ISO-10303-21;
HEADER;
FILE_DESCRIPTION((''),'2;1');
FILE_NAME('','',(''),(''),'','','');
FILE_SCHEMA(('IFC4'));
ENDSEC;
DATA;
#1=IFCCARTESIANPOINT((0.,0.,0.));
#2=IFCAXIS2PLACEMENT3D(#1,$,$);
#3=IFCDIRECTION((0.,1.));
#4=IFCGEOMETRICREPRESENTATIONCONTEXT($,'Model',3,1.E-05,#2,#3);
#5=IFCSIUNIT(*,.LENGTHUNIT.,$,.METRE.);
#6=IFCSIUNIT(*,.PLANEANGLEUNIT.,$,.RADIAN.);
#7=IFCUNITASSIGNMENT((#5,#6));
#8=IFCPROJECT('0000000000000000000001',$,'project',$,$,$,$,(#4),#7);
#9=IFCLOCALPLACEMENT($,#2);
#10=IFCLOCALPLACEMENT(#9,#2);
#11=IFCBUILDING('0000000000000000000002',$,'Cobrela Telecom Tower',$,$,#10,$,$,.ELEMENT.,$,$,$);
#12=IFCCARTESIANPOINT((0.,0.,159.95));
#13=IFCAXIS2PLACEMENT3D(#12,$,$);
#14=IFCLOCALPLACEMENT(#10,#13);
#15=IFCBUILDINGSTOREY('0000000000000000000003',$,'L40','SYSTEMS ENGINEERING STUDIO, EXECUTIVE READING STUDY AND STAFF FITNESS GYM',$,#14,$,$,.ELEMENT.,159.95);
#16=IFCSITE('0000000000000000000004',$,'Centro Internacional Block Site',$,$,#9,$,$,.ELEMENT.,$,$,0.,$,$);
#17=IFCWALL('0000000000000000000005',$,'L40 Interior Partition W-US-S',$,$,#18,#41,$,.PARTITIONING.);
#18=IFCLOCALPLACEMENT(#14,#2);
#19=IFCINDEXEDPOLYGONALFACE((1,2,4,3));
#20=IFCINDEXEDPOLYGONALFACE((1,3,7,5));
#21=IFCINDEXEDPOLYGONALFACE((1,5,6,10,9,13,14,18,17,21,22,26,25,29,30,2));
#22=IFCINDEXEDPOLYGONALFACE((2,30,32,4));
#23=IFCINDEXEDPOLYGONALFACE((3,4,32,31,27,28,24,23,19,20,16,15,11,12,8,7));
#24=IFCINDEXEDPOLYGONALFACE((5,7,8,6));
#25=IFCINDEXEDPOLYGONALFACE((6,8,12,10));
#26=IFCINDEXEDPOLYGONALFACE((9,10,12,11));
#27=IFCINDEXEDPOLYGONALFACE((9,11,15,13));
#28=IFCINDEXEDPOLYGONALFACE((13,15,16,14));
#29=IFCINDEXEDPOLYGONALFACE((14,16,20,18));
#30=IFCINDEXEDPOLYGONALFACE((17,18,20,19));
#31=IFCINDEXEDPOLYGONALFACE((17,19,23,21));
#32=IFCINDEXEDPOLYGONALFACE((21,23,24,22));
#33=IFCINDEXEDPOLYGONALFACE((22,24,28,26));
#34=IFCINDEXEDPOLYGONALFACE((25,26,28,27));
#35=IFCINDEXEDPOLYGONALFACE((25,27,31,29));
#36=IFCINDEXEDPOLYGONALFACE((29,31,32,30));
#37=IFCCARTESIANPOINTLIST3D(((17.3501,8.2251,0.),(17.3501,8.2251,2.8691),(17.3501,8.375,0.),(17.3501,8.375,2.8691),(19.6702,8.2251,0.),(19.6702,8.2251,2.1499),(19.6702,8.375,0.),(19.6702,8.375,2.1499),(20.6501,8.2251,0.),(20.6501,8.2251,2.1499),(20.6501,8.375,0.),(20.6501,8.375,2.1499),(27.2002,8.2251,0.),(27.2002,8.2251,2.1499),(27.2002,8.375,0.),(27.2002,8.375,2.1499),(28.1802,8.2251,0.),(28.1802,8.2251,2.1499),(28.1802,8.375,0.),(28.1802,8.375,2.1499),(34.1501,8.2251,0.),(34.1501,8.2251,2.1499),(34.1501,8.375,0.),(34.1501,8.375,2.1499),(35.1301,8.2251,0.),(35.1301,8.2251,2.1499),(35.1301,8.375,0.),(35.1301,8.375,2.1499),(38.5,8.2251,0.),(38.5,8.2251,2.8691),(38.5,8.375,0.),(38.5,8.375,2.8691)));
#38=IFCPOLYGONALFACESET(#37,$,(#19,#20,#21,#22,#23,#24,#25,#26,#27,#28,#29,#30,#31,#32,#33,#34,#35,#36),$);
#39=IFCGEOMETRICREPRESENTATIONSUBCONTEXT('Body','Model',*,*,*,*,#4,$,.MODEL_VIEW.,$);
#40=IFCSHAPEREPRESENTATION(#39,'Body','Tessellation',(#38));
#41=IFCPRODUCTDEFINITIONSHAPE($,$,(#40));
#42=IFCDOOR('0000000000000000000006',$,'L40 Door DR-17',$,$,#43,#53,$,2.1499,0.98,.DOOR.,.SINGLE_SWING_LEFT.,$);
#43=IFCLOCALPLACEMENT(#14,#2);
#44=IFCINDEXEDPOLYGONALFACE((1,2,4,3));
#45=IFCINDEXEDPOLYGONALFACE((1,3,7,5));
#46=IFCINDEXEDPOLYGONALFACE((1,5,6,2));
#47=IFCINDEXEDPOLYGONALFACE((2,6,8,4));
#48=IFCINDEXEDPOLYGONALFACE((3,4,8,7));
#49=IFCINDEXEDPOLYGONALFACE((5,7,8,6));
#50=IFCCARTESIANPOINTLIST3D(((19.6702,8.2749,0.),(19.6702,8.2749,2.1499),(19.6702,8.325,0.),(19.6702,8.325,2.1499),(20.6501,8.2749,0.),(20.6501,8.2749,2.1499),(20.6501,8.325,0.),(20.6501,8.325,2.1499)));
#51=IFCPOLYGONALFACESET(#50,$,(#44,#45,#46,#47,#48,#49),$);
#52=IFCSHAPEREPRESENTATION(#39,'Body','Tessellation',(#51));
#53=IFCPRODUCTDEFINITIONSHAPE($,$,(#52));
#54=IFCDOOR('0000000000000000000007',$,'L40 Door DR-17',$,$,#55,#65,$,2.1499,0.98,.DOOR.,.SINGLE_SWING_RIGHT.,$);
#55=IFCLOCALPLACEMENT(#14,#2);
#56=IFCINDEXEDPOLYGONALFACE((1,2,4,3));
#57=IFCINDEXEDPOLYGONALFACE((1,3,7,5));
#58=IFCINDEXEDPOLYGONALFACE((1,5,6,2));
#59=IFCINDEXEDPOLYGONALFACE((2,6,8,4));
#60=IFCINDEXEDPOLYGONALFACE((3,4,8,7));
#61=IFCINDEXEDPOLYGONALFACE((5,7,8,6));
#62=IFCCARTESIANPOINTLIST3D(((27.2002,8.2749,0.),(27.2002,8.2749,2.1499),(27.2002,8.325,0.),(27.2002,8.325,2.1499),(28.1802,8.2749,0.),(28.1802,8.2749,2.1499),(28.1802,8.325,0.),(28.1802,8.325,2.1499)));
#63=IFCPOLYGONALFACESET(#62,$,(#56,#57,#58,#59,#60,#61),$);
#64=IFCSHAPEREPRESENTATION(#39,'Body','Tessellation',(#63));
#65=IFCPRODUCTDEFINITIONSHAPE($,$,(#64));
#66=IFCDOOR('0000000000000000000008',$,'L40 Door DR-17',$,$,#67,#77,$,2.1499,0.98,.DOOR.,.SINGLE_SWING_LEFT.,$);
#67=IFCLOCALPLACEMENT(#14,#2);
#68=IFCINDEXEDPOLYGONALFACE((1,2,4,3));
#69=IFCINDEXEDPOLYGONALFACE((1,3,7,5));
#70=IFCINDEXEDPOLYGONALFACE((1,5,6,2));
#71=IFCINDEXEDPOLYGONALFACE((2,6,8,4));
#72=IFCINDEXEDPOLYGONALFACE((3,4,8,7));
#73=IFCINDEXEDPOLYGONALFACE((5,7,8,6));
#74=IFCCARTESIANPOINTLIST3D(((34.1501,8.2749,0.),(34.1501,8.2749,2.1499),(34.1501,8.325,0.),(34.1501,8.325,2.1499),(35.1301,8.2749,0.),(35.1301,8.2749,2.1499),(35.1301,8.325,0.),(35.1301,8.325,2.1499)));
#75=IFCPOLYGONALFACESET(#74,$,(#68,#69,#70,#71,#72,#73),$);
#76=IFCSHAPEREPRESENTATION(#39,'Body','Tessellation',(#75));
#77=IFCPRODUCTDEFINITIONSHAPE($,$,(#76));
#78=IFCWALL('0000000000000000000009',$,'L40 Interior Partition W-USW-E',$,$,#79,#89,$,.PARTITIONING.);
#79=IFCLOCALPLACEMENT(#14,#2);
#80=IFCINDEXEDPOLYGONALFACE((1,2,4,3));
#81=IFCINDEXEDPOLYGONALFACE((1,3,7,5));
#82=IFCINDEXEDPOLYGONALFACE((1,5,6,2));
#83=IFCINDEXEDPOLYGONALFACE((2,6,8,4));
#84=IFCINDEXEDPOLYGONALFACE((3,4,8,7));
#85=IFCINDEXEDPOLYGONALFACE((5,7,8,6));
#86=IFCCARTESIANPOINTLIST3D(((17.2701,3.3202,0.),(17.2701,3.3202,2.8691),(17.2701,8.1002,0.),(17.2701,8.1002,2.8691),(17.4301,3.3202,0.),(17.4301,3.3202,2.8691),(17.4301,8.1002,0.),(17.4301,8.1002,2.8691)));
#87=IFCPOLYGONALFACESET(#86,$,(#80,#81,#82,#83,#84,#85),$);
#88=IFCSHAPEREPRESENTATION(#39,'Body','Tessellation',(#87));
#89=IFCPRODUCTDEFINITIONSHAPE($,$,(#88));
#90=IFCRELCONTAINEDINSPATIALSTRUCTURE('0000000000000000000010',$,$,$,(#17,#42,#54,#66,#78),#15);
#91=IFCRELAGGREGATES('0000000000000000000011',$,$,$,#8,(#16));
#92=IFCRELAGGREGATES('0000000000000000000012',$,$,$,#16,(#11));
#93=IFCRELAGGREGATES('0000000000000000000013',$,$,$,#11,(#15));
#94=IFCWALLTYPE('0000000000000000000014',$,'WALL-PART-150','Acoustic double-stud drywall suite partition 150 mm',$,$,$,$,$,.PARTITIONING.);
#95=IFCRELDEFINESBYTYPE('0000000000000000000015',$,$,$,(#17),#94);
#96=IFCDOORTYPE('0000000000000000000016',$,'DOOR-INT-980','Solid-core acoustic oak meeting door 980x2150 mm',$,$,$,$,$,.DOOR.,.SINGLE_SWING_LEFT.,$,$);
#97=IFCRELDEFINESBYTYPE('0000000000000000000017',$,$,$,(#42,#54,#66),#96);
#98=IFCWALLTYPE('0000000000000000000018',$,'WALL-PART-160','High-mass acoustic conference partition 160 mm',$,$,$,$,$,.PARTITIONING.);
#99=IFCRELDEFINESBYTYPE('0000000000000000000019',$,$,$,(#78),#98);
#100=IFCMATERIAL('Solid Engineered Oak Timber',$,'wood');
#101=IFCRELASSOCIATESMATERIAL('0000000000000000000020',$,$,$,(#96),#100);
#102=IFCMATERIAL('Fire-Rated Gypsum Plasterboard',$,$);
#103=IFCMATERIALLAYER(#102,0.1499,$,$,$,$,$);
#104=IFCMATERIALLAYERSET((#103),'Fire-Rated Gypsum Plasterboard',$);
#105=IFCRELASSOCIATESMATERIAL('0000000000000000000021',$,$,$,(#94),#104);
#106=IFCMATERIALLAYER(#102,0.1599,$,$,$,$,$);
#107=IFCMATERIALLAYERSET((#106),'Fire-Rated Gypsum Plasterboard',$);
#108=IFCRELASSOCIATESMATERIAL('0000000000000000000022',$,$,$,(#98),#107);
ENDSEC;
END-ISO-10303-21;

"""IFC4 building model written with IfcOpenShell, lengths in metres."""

from ifc_helpers import new_model, si_unit, direction, frame, frame_2d, origin, place, context, subcontext, project, spatial, rectangle, extrude, material, layer, layer_set, type_object, element, fill, save


model = new_model("IFC4")

# Units and contexts
model_context = context("Model", 3, precision=1e-05, world=origin(), true_north=direction((0.0, 1.0)))
body_context = subcontext(model_context, "Body", "Model", "MODEL_VIEW")
ifc_project = project(units=[si_unit("LENGTHUNIT", "METRE"), si_unit("PLANEANGLEUNIT", "RADIAN")], contexts=[model_context])

# Site, building, storey
site_placement = place(None, origin())
site = spatial("IfcSite", under=ifc_project, at=site_placement, Name="Centro Internacional Block Site", CompositionType="ELEMENT", RefElevation=0.0)
building_placement = place(site_placement, origin())
building = spatial("IfcBuilding", under=site, at=building_placement, Name="Cobrela Telecom Tower", CompositionType="ELEMENT")
storey_placement = place(building_placement, frame((0.0, 0.0, 159.95)))
storey = spatial("IfcBuildingStorey", under=building, at=storey_placement, Name="L40", Description="SYSTEMS ENGINEERING STUDIO, EXECUTIVE READING STUDY AND STAFF FITNESS GYM", CompositionType="ELEMENT", Elevation=159.95)

# Shared definitions
ifc_material_1 = material(Name="Fire-Rated Gypsum Plasterboard")
ifc_material_2 = material(Name="Solid Engineered Oak Timber", Category="wood")
door_type_1 = type_object("IfcDoorType", Name="DOOR-INT-980", Description="Solid-core acoustic oak meeting door 980x2150 mm", OperationType="SINGLE_SWING_LEFT", PredefinedType="DOOR", material=ifc_material_2)

# Wall, openings, doors
ifc_layer_1 = layer(ifc_material_1, 0.1499)
ifc_layer_set_1 = layer_set([ifc_layer_1], Name="Fire-Rated Gypsum Plasterboard")
wall_type_1 = type_object("IfcWallType", Name="WALL-PART-150", Description="Acoustic double-stud drywall suite partition 150 mm", PredefinedType="PARTITIONING", material=ifc_layer_set_1)
wall_1_placement = place(storey_placement, frame((17.3501, 8.3, 0.0), z_axis=(0.0, 0.0, 1.0), x_axis=(1.0, 0.0, 0.0)))
wall_1 = element("IfcWall", 1, at=wall_1_placement, inside=storey, type_object=wall_type_1, Name="L40 Interior Partition W-US-S", PredefinedType="PARTITIONING", context=body_context, shape_type="SweptSolid", body=[
    extrude(rectangle(XDim=21.1499, YDim=0.1499, at=frame_2d((10.575, 0.0))), origin(), (0.0, 0.0, 1.0), 2.8691),
])
opening_1_placement = place(wall_1_placement, frame((2.3201, 0.0, 0.0)))
opening_1 = element("IfcOpeningElement", 2, at=opening_1_placement, cuts=wall_1, PredefinedType="OPENING", context=body_context, shape_type="SweptSolid", body=[
    extrude(rectangle(XDim=0.98, YDim=2.1499, at=frame_2d((0.49, 1.075))), frame((0.0, 0.0869, 0.0), z_axis=(0.0, -1.0, 0.0), x_axis=(1.0, 0.0, 0.0)), (0.0, 0.0, 1.0), 0.1738),
])
opening_2_placement = place(wall_1_placement, frame((9.8501, 0.0, 0.0)))
opening_2 = element("IfcOpeningElement", 3, at=opening_2_placement, cuts=wall_1, PredefinedType="OPENING", context=body_context, shape_type="SweptSolid", body=[
    extrude(rectangle(XDim=0.98, YDim=2.1499, at=frame_2d((0.49, 1.075))), frame((0.0, 0.0869, 0.0), z_axis=(0.0, -1.0, 0.0), x_axis=(1.0, 0.0, 0.0)), (0.0, 0.0, 1.0), 0.1738),
])
opening_3_placement = place(wall_1_placement, frame((16.8, 0.0, 0.0)))
opening_3 = element("IfcOpeningElement", 4, at=opening_3_placement, cuts=wall_1, PredefinedType="OPENING", context=body_context, shape_type="SweptSolid", body=[
    extrude(rectangle(XDim=0.98, YDim=2.1499, at=frame_2d((0.49, 1.075))), frame((0.0, 0.0869, 0.0), z_axis=(0.0, -1.0, 0.0), x_axis=(1.0, 0.0, 0.0)), (0.0, 0.0, 1.0), 0.1738),
])
door_1_placement = place(opening_1_placement, origin())
door_1 = element("IfcDoor", 5, at=door_1_placement, inside=storey, type_object=door_type_1, Name="L40 Door DR-17", OperationType="SINGLE_SWING_LEFT", OverallHeight=2.1499, OverallWidth=0.98, PredefinedType="DOOR", context=body_context, shape_type="SweptSolid", body=[
    extrude(rectangle(XDim=0.98, YDim=2.1499, at=frame_2d((0.49, 1.075))), frame((0.0, 0.0249, 0.0), z_axis=(0.0, -1.0, 0.0), x_axis=(1.0, 0.0, 0.0)), (0.0, 0.0, 1.0), 0.05),
])
fill(opening_1, door_1)
door_2_placement = place(opening_2_placement, origin())
door_2 = element("IfcDoor", 6, at=door_2_placement, inside=storey, type_object=door_type_1, Name="L40 Door DR-17", OperationType="SINGLE_SWING_RIGHT", OverallHeight=2.1499, OverallWidth=0.98, PredefinedType="DOOR", context=body_context, shape_type="SweptSolid", body=[
    extrude(rectangle(XDim=0.98, YDim=2.1499, at=frame_2d((0.49, 1.075))), frame((0.0, 0.0249, 0.0), z_axis=(0.0, -1.0, 0.0), x_axis=(1.0, 0.0, 0.0)), (0.0, 0.0, 1.0), 0.05),
])
fill(opening_2, door_2)
door_3_placement = place(opening_3_placement, origin())
door_3 = element("IfcDoor", 7, at=door_3_placement, inside=storey, type_object=door_type_1, Name="L40 Door DR-17", OperationType="SINGLE_SWING_LEFT", OverallHeight=2.1499, OverallWidth=0.98, PredefinedType="DOOR", context=body_context, shape_type="SweptSolid", body=[
    extrude(rectangle(XDim=0.98, YDim=2.1499, at=frame_2d((0.49, 1.075))), frame((0.0, 0.0249, 0.0), z_axis=(0.0, -1.0, 0.0), x_axis=(1.0, 0.0, 0.0)), (0.0, 0.0, 1.0), 0.05),
])
fill(opening_3, door_3)

# Wall
ifc_layer_2 = layer(ifc_material_1, 0.1599)
ifc_layer_set_2 = layer_set([ifc_layer_2], Name="Fire-Rated Gypsum Plasterboard")
wall_type_2 = type_object("IfcWallType", Name="WALL-PART-160", Description="High-mass acoustic conference partition 160 mm", PredefinedType="PARTITIONING", material=ifc_layer_set_2)
wall_2_placement = place(storey_placement, frame((17.3501, 3.3201, 0.0), z_axis=(0.0, 0.0, 1.0), x_axis=(0.0, 1.0, 0.0)))
element("IfcWall", 8, at=wall_2_placement, inside=storey, type_object=wall_type_2, Name="L40 Interior Partition W-USW-E", PredefinedType="PARTITIONING", context=body_context, shape_type="SweptSolid", body=[
    extrude(rectangle(XDim=4.78, YDim=0.1599, at=frame_2d((2.3901, 0.0))), origin(), (0.0, 0.0, 1.0), 2.8691),
])

save(model, "model.ifc")
